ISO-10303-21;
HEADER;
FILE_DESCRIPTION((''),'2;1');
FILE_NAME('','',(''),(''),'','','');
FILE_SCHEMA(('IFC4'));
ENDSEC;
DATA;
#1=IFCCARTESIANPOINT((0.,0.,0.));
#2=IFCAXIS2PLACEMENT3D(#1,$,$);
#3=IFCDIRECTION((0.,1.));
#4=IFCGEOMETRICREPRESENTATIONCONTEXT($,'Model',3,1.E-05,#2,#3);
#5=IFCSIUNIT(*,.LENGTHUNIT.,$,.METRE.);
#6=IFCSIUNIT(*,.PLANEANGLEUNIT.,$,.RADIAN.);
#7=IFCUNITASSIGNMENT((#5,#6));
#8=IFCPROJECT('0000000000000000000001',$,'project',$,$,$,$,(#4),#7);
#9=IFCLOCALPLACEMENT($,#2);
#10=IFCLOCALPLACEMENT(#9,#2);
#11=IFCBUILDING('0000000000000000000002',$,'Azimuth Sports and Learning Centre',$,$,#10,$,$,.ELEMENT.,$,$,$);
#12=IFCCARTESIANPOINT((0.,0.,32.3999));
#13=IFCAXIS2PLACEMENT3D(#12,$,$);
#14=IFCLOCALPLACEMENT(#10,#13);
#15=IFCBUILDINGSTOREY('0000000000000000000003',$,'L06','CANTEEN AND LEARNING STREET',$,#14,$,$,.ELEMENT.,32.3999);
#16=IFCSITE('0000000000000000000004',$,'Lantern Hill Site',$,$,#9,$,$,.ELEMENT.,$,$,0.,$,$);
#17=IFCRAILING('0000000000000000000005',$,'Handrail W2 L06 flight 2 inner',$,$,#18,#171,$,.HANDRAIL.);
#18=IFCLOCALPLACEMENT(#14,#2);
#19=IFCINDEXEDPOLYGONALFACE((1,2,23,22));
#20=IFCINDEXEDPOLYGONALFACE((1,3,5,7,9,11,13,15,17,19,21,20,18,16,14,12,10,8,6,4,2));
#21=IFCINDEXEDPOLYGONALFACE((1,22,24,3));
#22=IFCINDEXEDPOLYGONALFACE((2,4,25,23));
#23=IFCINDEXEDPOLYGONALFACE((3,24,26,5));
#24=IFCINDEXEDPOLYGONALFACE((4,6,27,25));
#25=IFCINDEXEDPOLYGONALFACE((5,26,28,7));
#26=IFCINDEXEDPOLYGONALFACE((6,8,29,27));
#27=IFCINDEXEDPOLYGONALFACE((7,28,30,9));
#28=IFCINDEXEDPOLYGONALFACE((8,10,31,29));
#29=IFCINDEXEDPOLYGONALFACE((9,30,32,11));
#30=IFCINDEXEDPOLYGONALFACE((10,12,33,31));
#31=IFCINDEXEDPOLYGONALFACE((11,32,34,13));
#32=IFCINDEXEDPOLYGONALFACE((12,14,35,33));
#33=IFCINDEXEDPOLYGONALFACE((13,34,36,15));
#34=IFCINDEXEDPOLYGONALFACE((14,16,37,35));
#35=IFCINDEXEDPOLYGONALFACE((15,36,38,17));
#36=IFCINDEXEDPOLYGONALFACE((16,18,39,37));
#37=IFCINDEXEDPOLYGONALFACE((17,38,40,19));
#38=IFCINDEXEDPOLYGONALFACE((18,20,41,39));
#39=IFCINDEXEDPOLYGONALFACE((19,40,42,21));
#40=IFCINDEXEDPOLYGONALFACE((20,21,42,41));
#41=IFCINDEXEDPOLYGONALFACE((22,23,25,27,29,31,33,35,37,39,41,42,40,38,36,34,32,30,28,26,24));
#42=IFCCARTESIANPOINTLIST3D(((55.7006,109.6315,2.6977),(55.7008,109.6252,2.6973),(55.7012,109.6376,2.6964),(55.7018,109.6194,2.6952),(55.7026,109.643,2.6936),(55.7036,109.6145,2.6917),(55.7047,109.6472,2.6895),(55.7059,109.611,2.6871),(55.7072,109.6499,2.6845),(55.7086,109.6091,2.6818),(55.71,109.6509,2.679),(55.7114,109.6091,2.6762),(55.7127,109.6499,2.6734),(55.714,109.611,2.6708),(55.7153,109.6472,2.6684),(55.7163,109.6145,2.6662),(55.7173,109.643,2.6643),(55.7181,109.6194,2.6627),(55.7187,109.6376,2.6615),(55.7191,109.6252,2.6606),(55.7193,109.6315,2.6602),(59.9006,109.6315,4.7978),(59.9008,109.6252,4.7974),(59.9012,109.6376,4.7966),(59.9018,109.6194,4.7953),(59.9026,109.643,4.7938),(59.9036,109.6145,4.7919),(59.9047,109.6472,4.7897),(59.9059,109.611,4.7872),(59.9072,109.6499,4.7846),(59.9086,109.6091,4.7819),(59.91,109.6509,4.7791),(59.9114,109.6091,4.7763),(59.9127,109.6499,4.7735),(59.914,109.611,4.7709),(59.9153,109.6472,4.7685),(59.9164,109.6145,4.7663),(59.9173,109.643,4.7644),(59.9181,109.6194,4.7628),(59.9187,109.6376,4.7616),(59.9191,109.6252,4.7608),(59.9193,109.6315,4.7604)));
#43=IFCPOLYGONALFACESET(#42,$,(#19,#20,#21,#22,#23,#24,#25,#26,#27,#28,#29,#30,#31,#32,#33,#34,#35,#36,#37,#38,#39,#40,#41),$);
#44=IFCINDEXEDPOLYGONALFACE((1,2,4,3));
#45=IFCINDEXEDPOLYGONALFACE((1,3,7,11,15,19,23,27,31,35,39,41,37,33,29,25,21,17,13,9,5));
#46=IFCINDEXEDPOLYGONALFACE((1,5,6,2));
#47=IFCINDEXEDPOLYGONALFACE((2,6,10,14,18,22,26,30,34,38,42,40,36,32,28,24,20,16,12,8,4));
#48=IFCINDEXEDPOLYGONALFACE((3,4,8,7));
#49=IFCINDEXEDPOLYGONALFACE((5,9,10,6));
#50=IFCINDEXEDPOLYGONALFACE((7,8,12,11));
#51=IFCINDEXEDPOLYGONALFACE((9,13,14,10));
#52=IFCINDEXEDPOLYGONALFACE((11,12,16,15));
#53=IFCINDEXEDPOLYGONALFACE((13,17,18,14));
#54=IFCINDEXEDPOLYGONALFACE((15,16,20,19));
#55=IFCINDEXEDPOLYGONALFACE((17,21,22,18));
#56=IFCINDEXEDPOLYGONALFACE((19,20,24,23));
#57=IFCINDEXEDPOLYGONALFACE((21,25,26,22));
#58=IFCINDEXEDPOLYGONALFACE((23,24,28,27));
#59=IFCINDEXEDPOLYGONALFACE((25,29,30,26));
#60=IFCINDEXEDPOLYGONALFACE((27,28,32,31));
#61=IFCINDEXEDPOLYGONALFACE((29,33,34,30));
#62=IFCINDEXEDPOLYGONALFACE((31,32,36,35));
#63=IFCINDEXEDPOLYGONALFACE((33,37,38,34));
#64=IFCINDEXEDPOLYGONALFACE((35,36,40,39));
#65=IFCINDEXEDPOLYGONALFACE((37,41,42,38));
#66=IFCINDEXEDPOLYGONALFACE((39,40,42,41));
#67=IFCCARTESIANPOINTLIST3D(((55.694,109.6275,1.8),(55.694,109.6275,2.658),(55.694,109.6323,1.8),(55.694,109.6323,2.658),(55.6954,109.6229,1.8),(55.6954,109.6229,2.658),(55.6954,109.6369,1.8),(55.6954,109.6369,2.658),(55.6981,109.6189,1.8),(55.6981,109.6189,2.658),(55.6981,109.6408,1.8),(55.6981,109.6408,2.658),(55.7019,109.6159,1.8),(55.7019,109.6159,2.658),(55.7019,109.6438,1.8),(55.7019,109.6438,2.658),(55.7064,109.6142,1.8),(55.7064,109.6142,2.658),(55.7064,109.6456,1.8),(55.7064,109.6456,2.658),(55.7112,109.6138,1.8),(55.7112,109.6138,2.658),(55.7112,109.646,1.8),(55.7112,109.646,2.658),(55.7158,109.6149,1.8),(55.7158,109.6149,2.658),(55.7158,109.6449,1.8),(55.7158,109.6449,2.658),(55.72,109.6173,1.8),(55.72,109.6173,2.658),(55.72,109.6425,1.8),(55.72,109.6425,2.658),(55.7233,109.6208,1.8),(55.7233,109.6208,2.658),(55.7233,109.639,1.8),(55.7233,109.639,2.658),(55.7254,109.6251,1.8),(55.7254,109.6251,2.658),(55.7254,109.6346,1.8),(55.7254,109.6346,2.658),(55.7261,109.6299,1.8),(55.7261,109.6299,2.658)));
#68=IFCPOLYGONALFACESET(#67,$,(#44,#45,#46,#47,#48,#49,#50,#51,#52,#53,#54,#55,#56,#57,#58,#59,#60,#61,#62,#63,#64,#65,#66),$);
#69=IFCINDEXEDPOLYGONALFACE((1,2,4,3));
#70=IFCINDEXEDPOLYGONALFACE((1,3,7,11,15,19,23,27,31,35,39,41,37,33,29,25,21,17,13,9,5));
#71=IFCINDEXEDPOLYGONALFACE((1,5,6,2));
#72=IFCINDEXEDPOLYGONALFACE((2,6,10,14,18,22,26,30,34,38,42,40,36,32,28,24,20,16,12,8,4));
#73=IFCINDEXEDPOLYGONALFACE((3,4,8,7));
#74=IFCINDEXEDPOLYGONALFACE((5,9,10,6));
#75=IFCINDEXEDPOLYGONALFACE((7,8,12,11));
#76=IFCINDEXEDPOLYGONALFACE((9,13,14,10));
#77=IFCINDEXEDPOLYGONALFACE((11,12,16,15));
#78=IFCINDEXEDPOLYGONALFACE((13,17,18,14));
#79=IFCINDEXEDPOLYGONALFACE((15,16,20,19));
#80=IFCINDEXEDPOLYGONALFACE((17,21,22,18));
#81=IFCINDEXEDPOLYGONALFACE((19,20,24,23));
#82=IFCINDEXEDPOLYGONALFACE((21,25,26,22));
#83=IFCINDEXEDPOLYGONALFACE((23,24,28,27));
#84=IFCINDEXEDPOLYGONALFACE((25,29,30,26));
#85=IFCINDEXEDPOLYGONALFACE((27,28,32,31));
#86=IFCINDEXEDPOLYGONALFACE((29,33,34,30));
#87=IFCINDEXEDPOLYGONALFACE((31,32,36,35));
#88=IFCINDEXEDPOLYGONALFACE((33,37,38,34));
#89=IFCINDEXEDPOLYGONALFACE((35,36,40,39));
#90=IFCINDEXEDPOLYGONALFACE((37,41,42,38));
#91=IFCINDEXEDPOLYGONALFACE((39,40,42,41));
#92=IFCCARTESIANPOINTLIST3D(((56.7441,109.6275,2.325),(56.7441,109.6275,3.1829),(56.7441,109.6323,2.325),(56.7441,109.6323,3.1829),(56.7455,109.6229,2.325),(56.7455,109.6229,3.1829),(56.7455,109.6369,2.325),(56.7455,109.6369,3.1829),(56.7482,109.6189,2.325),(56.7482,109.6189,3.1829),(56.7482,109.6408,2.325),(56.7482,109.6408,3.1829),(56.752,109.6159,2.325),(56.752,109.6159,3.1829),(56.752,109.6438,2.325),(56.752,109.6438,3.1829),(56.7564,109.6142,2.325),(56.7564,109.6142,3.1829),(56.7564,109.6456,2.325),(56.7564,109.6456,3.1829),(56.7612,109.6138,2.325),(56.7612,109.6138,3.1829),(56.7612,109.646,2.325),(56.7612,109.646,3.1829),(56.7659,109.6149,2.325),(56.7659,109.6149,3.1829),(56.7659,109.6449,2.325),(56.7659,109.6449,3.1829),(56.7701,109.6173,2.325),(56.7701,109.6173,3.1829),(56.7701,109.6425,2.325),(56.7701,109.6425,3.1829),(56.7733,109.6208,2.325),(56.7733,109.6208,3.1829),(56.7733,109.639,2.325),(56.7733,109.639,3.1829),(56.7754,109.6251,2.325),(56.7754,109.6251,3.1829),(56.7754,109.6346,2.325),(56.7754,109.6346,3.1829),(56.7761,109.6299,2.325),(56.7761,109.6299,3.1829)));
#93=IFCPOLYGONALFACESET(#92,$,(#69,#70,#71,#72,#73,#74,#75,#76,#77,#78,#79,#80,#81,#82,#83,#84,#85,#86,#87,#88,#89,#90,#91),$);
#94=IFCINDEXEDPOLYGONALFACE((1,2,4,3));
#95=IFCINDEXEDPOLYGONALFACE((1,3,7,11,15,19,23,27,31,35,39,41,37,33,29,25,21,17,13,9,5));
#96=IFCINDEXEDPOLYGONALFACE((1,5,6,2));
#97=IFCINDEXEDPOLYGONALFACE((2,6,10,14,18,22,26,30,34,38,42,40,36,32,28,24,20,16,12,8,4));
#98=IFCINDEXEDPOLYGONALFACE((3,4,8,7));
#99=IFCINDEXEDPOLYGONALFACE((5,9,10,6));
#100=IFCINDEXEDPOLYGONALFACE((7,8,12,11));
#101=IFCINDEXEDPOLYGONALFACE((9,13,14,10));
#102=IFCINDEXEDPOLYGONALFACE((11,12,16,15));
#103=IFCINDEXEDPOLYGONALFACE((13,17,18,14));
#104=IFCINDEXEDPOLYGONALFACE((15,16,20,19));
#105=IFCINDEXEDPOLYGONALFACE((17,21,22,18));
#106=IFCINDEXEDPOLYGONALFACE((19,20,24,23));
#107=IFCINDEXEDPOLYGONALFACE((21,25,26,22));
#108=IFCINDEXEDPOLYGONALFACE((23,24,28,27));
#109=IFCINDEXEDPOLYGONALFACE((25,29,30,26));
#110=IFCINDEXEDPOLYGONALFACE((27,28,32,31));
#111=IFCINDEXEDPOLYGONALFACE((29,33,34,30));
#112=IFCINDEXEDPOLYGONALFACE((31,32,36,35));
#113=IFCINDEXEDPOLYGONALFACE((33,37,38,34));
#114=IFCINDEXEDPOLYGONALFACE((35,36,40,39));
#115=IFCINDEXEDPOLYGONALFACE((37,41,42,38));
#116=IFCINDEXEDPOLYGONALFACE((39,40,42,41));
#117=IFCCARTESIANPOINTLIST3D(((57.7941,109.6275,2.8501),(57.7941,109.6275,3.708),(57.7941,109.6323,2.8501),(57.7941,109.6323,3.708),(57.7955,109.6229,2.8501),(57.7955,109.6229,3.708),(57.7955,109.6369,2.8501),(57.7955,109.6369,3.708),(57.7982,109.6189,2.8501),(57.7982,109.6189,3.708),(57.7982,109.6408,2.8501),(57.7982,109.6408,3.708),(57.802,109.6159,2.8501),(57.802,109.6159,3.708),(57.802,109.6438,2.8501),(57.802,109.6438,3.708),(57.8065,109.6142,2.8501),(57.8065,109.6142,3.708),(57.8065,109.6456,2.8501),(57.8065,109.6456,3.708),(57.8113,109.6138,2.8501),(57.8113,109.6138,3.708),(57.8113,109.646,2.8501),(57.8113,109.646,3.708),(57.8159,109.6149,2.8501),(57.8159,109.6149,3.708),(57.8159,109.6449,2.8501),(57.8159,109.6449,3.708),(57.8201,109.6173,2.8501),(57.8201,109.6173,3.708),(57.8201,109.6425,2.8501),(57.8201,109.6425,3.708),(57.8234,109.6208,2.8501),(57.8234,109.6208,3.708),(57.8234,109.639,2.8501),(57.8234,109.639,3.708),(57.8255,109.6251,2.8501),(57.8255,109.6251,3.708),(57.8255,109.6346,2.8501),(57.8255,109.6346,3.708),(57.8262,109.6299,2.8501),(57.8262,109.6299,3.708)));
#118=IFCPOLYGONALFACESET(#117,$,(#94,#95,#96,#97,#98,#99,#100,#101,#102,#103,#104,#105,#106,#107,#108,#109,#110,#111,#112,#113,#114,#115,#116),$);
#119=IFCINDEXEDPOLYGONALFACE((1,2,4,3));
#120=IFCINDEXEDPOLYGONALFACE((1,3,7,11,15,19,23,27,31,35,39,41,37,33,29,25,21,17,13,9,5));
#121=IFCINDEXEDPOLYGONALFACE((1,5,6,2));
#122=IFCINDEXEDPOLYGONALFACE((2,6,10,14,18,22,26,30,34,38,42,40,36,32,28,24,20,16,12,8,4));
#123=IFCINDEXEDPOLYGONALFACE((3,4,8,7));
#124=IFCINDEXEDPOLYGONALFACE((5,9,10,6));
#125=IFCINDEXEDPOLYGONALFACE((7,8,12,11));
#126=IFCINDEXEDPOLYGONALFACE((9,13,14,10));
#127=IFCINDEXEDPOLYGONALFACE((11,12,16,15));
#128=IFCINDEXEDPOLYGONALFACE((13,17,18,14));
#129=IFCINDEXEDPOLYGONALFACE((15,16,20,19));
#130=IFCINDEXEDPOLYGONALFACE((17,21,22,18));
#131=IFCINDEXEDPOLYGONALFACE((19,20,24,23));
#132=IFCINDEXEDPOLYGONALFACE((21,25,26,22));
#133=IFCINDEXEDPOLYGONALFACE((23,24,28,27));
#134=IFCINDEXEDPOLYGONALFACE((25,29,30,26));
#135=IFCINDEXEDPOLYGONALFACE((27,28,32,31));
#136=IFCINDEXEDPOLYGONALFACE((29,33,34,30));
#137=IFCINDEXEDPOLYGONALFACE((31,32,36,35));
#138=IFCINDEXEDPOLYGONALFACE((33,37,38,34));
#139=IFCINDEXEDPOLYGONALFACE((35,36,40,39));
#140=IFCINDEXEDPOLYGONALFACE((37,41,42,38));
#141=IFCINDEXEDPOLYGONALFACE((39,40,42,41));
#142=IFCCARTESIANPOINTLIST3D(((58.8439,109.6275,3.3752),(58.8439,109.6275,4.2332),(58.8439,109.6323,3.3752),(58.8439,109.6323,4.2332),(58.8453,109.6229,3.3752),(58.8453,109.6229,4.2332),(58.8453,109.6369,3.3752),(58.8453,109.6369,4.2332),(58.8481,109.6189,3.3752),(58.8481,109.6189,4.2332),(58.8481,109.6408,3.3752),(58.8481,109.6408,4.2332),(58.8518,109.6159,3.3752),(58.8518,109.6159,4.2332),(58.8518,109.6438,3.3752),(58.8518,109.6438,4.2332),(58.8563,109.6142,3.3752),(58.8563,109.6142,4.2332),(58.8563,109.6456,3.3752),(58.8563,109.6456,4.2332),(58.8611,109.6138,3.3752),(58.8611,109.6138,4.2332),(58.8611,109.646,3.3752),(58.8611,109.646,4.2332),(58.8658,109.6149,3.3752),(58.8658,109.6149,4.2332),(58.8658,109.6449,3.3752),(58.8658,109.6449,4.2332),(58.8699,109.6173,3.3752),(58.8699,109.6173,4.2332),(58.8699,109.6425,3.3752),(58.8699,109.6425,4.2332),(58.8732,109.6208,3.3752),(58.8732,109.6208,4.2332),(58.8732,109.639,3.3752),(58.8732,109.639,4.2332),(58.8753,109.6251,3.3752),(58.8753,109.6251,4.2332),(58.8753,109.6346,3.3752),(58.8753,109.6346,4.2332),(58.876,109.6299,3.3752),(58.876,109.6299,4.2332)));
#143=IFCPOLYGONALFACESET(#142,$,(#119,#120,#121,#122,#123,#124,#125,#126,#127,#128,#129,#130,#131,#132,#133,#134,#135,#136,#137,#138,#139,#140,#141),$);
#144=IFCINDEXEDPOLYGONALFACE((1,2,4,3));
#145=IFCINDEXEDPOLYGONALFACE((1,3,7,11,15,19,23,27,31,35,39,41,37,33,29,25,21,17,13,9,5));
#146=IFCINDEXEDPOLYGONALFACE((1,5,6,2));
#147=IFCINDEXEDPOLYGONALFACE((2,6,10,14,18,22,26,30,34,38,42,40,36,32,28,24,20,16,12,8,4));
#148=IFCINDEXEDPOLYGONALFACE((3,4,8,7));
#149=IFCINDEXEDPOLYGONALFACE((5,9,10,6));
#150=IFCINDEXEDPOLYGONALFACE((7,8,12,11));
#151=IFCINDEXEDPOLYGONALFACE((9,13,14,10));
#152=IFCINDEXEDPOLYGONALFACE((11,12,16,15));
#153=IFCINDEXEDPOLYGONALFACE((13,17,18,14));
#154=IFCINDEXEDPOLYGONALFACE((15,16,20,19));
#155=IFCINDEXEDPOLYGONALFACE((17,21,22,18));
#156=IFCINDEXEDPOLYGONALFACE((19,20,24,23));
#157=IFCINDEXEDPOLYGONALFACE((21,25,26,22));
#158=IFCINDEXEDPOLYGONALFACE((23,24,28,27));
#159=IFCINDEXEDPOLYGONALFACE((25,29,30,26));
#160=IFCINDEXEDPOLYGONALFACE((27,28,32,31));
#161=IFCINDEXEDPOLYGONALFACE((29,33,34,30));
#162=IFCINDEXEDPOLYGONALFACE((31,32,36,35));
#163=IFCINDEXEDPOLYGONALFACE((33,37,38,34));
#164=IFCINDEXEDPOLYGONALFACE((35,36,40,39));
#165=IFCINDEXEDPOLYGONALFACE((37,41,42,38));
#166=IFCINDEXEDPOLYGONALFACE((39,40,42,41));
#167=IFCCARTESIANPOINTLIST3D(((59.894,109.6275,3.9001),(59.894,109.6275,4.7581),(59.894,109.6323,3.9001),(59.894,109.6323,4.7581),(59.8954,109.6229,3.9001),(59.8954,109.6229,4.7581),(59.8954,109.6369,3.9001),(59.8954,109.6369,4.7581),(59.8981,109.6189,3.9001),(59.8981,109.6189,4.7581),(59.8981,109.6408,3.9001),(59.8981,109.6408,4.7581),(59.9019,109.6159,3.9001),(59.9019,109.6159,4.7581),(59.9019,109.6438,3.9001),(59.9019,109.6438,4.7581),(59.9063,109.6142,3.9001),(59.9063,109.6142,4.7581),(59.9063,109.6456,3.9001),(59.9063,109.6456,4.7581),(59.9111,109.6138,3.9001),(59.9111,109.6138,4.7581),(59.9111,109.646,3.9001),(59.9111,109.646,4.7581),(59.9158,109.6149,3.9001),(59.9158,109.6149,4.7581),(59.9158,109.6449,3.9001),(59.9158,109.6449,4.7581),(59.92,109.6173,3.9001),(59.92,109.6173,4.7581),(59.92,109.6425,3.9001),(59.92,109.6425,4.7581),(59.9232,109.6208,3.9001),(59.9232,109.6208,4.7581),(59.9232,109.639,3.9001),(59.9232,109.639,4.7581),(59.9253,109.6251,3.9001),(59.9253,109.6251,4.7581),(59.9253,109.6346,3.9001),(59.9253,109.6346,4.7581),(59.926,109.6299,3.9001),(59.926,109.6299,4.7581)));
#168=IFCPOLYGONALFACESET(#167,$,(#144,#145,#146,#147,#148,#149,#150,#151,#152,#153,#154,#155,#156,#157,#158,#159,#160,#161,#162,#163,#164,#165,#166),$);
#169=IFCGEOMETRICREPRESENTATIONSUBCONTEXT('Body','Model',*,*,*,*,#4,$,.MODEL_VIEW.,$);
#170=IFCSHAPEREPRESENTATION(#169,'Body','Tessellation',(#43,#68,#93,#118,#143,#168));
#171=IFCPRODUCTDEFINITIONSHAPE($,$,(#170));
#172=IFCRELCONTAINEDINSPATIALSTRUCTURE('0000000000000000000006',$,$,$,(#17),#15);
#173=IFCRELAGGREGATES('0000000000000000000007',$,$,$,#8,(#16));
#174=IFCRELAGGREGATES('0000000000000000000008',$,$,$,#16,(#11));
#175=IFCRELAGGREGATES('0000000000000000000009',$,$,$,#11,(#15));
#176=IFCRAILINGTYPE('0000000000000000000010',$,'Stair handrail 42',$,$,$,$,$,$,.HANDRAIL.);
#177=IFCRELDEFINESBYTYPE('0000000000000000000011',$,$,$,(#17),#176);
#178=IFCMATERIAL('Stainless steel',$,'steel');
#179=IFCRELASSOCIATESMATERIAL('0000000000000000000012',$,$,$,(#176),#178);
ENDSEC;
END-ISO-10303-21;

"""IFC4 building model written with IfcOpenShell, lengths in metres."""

from ifc_helpers import new_model, si_unit, direction, frame, origin, origin_2d, place, context, subcontext, project, spatial, circle, extrude, material, type_object, element, save


model = new_model("IFC4")

# Units and contexts
model_context = context("Model", 3, precision=1e-05, world=origin(), true_north=direction((0.0, 1.0)))
body_context = subcontext(model_context, "Body", "Model", "MODEL_VIEW")
ifc_project = project(units=[si_unit("LENGTHUNIT", "METRE"), si_unit("PLANEANGLEUNIT", "RADIAN")], contexts=[model_context])

# Site, building, storey
site_placement = place(None, origin())
site = spatial("IfcSite", under=ifc_project, at=site_placement, Name="Lantern Hill Site", CompositionType="ELEMENT", RefElevation=0.0)
building_placement = place(site_placement, origin())
building = spatial("IfcBuilding", under=site, at=building_placement, Name="Azimuth Sports and Learning Centre", CompositionType="ELEMENT")
storey_placement = place(building_placement, frame((0.0, 0.0, 32.3999)))
storey = spatial("IfcBuildingStorey", under=building, at=storey_placement, Name="L06", Description="CANTEEN AND LEARNING STREET", CompositionType="ELEMENT", Elevation=32.3999)

# Railing
ifc_material_1 = material(Name="Stainless steel", Category="steel")
railing_type_1 = type_object("IfcRailingType", Name="Stair handrail 42", PredefinedType="HANDRAIL", material=ifc_material_1)
railing_1_placement = place(storey_placement, frame((55.71, 109.6299, 1.8)))
element("IfcRailing", 1, at=railing_1_placement, inside=storey, type_object=railing_type_1, Name="Handrail W2 L06 flight 2 inner", PredefinedType="HANDRAIL", context=body_context, shape_type="SweptSolid", body=[
    extrude(circle(Radius=0.021, at=origin_2d()), frame((0.0, 0.0, 0.8789), z_axis=(0.894417, 0.0, 0.447234), x_axis=(0.0, 1.0, 0.0)), (0.0, 0.0, 1.0), 4.6958),
    extrude(circle(Radius=0.0161, at=origin_2d()), origin(), (0.0, 0.0, 1.0), 0.8579),
    extrude(circle(Radius=0.0161, at=origin_2d()), frame((1.05, 0.0, 0.5249)), (0.0, 0.0, 1.0), 0.8579),
    extrude(circle(Radius=0.0161, at=origin_2d()), frame((2.1001, 0.0, 1.05)), (0.0, 0.0, 1.0), 0.8579),
    extrude(circle(Radius=0.0161, at=origin_2d()), frame((3.1499, 0.0, 1.5752)), (0.0, 0.0, 1.0), 0.8579),
    extrude(circle(Radius=0.0161, at=origin_2d()), frame((4.2, 0.0, 2.1001)), (0.0, 0.0, 1.0), 0.8579),
])

save(model, "model.ifc")
